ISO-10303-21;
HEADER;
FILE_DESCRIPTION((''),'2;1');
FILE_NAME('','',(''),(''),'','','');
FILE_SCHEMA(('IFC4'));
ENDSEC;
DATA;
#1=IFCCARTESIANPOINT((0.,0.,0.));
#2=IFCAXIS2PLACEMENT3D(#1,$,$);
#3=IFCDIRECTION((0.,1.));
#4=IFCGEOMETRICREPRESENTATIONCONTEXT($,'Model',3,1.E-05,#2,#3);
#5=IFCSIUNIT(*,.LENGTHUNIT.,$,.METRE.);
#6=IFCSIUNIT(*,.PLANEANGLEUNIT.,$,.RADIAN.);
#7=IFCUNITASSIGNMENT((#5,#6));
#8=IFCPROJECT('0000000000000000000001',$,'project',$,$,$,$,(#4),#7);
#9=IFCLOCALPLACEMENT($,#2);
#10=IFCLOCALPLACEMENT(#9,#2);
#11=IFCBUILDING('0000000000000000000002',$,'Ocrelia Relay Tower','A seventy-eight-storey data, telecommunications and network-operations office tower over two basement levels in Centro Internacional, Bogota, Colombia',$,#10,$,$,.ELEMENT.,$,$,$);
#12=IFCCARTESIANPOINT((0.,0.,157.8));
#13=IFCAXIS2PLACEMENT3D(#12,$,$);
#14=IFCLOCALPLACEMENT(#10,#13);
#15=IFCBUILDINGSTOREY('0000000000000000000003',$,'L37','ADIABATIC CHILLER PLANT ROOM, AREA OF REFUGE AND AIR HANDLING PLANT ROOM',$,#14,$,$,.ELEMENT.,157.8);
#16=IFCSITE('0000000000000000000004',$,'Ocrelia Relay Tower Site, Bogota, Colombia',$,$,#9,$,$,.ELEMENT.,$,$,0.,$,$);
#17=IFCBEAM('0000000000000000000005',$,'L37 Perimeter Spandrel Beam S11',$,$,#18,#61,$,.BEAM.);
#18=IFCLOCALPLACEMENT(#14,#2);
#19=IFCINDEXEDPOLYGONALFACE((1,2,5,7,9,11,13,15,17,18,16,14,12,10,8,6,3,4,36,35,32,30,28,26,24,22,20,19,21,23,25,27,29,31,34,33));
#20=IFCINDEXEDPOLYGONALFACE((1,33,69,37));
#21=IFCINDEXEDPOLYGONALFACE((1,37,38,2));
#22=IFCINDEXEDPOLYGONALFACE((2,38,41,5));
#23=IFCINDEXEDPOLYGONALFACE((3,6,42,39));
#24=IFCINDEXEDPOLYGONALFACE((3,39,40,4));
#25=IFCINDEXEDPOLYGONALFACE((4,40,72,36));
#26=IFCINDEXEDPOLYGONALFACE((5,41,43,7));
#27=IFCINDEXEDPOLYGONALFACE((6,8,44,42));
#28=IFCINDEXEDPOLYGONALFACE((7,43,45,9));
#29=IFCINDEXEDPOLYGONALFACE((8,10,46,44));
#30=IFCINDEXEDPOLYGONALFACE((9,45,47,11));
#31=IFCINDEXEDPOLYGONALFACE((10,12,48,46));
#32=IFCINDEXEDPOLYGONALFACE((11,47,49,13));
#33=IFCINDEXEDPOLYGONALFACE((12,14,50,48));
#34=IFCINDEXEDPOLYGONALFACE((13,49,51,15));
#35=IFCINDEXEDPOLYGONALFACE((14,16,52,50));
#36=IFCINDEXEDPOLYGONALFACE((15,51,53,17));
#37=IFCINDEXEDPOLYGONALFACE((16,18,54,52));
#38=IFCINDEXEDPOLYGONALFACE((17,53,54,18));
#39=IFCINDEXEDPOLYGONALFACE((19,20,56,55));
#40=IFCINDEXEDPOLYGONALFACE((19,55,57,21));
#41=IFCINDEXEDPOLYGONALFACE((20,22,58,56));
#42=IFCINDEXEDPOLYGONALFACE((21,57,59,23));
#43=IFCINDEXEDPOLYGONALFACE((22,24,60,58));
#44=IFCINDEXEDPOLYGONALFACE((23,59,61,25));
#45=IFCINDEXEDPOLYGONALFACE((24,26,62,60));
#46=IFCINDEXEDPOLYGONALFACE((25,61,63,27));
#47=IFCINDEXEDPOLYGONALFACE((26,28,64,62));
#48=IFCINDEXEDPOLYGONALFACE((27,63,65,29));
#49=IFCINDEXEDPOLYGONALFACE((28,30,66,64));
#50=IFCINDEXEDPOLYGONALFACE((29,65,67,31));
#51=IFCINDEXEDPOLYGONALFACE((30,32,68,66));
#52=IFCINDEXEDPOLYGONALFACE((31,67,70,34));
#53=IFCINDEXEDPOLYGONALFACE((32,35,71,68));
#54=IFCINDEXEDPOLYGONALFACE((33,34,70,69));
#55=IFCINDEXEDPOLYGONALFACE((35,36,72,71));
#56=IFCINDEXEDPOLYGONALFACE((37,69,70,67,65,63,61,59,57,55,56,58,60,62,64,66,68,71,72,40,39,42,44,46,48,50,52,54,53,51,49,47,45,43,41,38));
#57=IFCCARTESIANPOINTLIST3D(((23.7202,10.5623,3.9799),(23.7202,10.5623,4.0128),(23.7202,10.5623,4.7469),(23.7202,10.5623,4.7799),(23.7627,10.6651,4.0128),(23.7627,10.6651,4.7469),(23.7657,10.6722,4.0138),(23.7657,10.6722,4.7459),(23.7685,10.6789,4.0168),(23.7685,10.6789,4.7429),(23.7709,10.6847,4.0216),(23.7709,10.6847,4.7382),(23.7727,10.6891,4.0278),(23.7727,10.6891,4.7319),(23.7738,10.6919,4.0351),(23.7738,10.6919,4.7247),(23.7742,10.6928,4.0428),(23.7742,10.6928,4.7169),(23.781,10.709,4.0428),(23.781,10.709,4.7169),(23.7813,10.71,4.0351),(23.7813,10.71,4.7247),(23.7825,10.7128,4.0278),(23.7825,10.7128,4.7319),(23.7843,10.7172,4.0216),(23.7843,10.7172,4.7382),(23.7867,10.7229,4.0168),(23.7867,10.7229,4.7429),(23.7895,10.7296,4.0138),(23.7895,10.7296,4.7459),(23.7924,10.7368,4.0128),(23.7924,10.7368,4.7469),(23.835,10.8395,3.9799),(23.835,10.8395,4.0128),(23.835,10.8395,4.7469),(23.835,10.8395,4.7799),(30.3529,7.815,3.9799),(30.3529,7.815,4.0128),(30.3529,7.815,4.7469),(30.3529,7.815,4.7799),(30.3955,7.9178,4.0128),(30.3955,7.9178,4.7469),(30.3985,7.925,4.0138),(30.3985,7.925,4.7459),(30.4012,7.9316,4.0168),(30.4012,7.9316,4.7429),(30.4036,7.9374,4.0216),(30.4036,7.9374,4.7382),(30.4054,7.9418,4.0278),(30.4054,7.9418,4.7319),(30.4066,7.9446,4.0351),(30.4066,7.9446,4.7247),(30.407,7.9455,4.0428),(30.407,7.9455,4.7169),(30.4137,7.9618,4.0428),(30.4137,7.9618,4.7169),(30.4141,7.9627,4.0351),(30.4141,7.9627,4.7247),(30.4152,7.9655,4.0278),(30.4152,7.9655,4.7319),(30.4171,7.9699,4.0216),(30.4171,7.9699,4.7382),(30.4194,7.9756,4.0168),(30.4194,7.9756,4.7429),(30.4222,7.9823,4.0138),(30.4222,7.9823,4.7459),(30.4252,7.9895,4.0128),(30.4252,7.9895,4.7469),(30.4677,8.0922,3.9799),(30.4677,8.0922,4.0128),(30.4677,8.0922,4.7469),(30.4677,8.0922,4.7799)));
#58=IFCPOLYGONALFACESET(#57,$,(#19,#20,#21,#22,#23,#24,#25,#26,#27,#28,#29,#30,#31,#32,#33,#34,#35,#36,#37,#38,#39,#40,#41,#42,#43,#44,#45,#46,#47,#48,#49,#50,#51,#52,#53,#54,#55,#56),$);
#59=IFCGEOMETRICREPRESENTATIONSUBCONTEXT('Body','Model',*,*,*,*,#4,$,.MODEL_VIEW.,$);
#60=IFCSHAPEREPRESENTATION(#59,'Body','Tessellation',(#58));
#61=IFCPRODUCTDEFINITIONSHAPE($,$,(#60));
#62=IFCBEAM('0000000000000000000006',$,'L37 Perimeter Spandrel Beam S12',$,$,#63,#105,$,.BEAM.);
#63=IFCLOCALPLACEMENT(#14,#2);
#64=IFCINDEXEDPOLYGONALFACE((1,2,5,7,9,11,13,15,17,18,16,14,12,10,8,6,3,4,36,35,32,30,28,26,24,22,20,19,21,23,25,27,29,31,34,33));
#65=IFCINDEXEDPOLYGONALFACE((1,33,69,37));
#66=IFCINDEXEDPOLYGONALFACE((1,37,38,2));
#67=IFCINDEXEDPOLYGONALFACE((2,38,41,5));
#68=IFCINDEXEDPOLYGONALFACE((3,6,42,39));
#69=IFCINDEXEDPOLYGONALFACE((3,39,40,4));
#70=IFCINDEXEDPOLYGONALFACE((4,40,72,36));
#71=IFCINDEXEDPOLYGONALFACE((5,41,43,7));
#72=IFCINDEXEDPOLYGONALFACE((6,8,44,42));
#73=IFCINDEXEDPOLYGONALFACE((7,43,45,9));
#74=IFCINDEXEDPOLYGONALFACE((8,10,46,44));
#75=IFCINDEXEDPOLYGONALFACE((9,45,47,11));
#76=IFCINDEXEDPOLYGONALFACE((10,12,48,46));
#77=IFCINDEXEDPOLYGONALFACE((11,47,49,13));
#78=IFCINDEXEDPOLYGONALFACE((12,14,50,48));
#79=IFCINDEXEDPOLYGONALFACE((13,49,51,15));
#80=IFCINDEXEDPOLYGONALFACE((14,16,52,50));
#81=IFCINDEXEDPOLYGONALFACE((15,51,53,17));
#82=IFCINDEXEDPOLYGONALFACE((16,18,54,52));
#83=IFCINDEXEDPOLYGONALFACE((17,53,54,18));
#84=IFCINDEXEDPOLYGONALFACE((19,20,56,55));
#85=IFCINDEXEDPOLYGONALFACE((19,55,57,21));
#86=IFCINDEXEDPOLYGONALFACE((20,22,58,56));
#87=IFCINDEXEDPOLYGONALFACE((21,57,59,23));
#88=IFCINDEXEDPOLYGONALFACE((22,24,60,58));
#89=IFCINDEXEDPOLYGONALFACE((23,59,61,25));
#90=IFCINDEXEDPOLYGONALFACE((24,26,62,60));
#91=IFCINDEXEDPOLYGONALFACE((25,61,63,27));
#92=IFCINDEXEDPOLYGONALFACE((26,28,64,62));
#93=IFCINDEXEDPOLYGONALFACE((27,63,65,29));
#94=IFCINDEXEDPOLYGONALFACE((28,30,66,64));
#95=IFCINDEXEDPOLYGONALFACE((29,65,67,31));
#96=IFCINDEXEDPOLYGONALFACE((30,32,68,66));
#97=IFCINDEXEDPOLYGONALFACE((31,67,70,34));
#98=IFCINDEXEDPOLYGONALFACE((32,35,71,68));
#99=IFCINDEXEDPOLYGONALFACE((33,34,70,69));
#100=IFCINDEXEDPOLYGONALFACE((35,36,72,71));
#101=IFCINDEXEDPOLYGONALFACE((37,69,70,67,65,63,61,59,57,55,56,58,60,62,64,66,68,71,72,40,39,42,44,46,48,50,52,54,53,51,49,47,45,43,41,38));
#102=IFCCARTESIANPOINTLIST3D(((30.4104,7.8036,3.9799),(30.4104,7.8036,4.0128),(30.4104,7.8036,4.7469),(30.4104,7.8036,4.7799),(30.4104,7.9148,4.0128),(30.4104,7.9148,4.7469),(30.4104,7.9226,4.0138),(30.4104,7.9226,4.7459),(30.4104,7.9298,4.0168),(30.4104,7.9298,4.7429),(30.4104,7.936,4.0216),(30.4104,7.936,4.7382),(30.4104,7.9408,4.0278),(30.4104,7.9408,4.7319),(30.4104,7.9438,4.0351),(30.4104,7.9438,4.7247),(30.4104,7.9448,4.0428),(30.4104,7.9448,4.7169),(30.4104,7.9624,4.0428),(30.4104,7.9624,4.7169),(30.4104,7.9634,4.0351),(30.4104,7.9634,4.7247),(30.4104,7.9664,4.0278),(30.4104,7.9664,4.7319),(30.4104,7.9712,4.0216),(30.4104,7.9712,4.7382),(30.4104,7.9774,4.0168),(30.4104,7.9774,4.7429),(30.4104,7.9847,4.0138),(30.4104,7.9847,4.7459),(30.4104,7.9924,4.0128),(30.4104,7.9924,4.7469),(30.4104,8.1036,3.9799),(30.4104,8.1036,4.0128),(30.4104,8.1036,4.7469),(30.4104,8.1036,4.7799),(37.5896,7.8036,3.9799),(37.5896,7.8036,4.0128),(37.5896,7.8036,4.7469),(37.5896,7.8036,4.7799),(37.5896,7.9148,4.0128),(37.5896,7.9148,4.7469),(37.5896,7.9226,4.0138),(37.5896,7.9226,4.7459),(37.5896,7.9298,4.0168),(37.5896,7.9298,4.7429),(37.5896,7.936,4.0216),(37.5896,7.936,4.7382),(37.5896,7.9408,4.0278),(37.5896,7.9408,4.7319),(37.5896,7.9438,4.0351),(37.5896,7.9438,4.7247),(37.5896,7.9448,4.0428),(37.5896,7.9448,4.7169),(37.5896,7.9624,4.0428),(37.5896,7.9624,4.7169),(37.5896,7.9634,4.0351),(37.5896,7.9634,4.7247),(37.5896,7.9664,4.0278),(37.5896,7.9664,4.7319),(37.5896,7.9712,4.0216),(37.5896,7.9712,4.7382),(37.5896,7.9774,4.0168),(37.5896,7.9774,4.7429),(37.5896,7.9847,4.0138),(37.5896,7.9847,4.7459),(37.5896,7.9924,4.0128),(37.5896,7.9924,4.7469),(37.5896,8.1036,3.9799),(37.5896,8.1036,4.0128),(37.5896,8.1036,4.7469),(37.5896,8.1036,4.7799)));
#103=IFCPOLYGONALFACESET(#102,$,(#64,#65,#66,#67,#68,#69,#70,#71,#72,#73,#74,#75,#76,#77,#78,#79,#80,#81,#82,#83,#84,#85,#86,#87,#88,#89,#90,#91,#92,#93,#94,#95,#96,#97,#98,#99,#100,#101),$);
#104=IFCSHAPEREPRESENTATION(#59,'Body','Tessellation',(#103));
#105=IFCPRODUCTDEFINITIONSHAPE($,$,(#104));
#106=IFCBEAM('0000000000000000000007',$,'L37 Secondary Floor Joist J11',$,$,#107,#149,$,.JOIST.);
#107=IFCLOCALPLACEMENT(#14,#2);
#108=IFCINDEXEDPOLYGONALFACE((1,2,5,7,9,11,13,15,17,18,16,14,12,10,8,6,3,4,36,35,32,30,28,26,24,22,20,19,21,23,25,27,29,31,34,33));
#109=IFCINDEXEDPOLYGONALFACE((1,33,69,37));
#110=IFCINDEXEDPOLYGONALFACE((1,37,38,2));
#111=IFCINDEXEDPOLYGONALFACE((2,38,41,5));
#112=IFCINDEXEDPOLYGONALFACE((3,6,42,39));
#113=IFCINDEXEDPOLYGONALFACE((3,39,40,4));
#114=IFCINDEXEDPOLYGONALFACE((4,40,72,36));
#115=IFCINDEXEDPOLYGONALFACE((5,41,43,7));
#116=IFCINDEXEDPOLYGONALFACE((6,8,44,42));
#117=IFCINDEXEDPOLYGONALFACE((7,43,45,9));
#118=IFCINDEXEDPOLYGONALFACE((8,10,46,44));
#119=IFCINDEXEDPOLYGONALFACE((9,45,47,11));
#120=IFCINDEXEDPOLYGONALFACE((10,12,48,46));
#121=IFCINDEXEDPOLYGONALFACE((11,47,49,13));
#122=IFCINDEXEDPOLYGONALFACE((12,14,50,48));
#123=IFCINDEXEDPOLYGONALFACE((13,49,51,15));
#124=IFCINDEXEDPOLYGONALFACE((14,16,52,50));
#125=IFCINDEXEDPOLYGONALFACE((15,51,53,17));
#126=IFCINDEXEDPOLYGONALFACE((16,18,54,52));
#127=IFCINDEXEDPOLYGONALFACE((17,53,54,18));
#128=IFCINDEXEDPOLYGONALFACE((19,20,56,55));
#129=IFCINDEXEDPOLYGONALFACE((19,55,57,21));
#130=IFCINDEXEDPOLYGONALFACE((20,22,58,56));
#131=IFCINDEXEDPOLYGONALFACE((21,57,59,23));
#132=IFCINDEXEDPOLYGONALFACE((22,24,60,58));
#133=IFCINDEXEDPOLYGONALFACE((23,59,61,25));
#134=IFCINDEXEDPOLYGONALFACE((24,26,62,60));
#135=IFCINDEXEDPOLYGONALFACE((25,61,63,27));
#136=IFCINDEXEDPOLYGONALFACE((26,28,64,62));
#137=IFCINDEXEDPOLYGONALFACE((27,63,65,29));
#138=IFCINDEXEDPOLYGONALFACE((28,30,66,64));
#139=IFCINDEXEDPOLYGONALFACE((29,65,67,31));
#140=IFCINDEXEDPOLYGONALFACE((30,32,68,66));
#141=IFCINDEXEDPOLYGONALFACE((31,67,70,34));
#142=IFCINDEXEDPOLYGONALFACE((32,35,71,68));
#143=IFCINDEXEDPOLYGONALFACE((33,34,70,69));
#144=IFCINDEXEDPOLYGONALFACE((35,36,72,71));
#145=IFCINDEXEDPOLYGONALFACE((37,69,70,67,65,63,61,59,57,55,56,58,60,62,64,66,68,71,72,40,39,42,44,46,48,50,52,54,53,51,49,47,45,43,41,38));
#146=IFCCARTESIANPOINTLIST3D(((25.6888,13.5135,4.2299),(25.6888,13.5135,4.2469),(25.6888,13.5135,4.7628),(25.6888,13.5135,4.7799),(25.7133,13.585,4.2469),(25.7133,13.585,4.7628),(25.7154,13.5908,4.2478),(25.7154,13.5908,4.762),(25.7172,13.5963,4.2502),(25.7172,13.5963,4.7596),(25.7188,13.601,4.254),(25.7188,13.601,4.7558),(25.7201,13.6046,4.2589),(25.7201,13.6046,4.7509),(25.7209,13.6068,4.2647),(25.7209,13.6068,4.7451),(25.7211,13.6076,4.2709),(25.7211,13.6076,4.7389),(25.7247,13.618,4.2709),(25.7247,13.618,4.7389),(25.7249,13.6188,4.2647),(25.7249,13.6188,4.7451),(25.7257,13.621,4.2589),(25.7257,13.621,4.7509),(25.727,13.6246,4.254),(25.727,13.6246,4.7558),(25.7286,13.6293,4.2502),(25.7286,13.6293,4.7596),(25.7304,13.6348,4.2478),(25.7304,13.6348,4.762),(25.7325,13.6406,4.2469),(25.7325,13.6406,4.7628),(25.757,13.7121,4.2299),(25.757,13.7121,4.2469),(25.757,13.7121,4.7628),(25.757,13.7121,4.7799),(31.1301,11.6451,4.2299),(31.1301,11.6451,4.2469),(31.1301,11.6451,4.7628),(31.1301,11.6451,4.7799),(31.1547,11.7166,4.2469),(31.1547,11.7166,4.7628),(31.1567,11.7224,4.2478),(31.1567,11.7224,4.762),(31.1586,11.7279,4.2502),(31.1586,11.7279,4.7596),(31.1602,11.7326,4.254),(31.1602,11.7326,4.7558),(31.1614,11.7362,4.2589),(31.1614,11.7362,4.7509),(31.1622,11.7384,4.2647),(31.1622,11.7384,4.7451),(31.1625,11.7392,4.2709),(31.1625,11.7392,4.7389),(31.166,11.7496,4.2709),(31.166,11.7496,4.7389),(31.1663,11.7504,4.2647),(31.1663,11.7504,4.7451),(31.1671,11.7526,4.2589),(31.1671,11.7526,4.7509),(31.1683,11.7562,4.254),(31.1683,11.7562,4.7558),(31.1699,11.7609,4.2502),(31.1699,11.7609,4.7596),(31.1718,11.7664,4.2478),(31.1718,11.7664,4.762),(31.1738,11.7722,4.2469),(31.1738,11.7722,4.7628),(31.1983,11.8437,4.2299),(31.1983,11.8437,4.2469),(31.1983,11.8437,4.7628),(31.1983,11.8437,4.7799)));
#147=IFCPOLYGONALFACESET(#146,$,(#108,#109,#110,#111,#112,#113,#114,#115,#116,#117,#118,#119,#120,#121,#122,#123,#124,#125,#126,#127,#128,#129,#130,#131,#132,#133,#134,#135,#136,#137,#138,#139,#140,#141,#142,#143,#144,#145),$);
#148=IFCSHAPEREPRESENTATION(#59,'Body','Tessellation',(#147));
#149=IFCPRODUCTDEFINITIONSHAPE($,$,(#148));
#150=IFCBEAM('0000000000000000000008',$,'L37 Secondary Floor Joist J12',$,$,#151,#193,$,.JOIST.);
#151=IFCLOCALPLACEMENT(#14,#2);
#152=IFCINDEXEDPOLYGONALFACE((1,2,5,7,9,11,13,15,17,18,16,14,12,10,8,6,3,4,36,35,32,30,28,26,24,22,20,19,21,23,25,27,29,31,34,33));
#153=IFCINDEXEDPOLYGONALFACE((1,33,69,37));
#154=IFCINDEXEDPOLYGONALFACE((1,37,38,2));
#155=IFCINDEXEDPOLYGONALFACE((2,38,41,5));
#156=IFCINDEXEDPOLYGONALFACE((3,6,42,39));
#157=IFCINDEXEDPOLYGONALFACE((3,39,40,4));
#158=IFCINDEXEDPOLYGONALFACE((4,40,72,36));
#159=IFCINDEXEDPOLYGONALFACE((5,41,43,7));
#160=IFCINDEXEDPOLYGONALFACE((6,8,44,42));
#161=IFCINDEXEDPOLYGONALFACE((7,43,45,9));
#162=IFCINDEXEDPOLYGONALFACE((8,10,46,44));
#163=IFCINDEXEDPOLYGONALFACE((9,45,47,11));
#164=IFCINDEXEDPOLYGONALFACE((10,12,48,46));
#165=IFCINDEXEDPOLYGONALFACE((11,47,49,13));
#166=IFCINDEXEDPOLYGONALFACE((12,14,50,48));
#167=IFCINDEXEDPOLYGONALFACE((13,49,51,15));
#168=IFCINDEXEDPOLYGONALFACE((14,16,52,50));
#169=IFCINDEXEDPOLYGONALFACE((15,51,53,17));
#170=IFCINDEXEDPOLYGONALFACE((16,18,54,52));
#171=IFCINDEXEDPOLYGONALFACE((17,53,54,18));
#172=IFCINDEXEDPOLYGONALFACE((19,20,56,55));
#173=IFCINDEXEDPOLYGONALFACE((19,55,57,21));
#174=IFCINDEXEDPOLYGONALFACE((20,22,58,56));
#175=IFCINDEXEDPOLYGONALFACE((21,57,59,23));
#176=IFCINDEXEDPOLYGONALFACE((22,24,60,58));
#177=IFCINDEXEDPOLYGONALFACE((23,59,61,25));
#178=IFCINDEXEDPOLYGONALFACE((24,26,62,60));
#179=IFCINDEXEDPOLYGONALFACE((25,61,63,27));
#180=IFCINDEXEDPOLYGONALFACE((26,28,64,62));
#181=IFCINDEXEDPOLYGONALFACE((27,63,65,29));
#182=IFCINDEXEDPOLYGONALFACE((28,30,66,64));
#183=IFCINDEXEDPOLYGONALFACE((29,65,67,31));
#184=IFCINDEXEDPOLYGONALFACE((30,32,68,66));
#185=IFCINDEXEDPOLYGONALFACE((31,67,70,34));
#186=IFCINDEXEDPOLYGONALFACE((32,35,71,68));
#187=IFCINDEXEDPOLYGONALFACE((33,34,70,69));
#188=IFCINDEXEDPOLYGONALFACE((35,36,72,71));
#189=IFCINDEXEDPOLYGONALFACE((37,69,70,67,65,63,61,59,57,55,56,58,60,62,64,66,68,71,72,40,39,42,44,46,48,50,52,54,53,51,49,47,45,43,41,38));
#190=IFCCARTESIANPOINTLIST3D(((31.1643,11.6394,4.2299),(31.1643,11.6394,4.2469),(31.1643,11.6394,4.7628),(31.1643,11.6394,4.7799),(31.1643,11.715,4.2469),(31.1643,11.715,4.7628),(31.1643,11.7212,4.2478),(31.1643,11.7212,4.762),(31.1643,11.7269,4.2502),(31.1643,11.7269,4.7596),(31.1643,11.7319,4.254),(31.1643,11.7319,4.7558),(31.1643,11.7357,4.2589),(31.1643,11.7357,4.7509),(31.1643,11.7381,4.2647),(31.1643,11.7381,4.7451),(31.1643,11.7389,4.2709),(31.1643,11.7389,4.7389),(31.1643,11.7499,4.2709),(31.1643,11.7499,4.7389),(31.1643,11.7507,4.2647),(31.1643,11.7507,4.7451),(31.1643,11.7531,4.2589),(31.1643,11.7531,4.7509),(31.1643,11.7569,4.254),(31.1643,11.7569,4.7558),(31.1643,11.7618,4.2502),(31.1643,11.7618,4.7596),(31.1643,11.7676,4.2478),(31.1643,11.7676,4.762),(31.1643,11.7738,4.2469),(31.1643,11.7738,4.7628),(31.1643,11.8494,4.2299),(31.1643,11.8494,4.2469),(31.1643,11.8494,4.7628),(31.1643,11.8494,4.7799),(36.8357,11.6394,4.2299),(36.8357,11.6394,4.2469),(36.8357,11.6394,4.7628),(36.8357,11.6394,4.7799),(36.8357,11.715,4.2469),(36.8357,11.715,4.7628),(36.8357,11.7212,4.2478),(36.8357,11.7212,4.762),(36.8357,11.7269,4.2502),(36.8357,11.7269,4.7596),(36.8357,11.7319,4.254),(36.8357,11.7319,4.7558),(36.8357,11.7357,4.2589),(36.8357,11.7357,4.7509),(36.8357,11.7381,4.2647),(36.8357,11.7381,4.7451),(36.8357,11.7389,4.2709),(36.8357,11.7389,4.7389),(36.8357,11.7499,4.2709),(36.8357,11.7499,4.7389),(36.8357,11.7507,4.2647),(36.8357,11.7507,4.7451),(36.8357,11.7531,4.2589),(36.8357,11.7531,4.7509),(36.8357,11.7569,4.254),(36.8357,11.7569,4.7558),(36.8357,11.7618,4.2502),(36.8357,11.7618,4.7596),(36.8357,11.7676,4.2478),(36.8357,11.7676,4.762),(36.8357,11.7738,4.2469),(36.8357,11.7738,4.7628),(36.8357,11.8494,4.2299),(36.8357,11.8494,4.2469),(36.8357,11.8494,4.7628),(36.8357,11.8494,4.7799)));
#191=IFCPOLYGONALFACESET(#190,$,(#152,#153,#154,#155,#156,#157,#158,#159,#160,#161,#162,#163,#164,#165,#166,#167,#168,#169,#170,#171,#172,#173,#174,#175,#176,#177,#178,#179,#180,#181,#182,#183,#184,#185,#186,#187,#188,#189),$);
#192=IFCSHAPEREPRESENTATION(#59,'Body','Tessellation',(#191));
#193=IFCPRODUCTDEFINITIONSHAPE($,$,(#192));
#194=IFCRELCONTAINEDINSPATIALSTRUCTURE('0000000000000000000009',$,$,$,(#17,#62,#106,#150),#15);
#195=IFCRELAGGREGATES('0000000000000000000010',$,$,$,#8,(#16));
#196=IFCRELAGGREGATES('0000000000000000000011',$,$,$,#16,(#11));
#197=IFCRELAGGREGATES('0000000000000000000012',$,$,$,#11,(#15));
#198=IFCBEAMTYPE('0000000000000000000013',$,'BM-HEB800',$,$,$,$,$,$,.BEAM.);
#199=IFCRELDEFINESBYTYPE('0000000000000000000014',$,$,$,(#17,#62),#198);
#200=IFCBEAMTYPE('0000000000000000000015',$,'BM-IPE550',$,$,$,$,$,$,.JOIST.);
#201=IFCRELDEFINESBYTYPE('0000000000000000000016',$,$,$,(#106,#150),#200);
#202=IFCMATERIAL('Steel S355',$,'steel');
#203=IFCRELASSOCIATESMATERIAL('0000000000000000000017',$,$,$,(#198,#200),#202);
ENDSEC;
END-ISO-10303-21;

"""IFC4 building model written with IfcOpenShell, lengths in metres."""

from ifc_helpers import new_model, si_unit, direction, frame, origin, origin_2d, place, context, subcontext, project, spatial, i_section, extrude, material, material_profile, profile_set, type_object, element, save


model = new_model("IFC4")

# Units and contexts
model_context = context("Model", 3, precision=1e-05, world=origin(), true_north=direction((0.0, 1.0)))
body_context = subcontext(model_context, "Body", "Model", "MODEL_VIEW")
ifc_project = project(units=[si_unit("LENGTHUNIT", "METRE"), si_unit("PLANEANGLEUNIT", "RADIAN")], contexts=[model_context])

# Site, building, storey
site_placement = place(None, origin())
site = spatial("IfcSite", under=ifc_project, at=site_placement, Name="Ocrelia Relay Tower Site, Bogota, Colombia", CompositionType="ELEMENT", RefElevation=0.0)
building_placement = place(site_placement, origin())
building = spatial("IfcBuilding", under=site, at=building_placement, Name="Ocrelia Relay Tower", Description="A seventy-eight-storey data, telecommunications and network-operations office tower over two basement levels in Centro Internacional, Bogota, Colombia", CompositionType="ELEMENT")
storey_placement = place(building_placement, frame((0.0, 0.0, 157.8)))
storey = spatial("IfcBuildingStorey", under=building, at=storey_placement, Name="L37", Description="ADIABATIC CHILLER PLANT ROOM, AREA OF REFUGE AND AIR HANDLING PLANT ROOM", CompositionType="ELEMENT", Elevation=157.8)

# Beams
ifc_material_1 = material(Name="Steel S355", Category="steel")
ifc_material_profile_1 = material_profile(ifc_material_1, i_section(OverallWidth=0.3, OverallDepth=0.8, WebThickness=0.0176, FlangeThickness=0.033, FilletRadius=0.03, at=origin_2d()), Name="HEB 800")
ifc_profile_set_1 = profile_set([ifc_material_profile_1], Name="Steel S355")
beam_type_1 = type_object("IfcBeamType", Name="BM-HEB800", PredefinedType="BEAM", material=ifc_profile_set_1)
for number, where, z_axis, x_axis, name in (
    (1, (23.7776, 10.7009, 4.3799), (0.923884, -0.382673, 0.0), (0.382673, 0.923884, 0.0), "L37 Perimeter Spandrel Beam S11"),
    (2, (30.4104, 7.9536, 4.3799), (1.0, 0.0, 0.0), (0.0, 1.0, 0.0), "L37 Perimeter Spandrel Beam S12"),
):
    element("IfcBeam", number, at=place(storey_placement, frame(where, z_axis=z_axis, x_axis=x_axis)), inside=storey, type_object=beam_type_1, Name=name, PredefinedType="BEAM", context=body_context, shape_type="SweptSolid", body=[
        extrude(i_section(OverallWidth=0.3, OverallDepth=0.8, WebThickness=0.0176, FlangeThickness=0.033, FilletRadius=0.03, at=origin_2d()), origin(), (0.0, 0.0, 1.0), 7.1792),
    ])
ifc_material_profile_2 = material_profile(ifc_material_1, i_section(OverallWidth=0.21, OverallDepth=0.55, WebThickness=0.011, FlangeThickness=0.0171, FilletRadius=0.0239, at=origin_2d()), Name="IPE 550")
ifc_profile_set_2 = profile_set([ifc_material_profile_2], Name="Steel S355")
beam_type_2 = type_object("IfcBeamType", Name="BM-IPE550", PredefinedType="JOIST", material=ifc_profile_set_2)
beam_1_placement = place(storey_placement, frame((25.7229, 13.6128, 4.5049), z_axis=(0.945797, -0.324757, 0.0), x_axis=(0.324757, 0.945797, 0.0)))
element("IfcBeam", 3, at=beam_1_placement, inside=storey, type_object=beam_type_2, Name="L37 Secondary Floor Joist J11", PredefinedType="JOIST", context=body_context, shape_type="SweptSolid", body=[
    extrude(i_section(OverallWidth=0.21, OverallDepth=0.55, WebThickness=0.011, FlangeThickness=0.0171, FilletRadius=0.0239, at=origin_2d()), origin(), (0.0, 0.0, 1.0), 5.7532),
])
beam_2_placement = place(storey_placement, frame((31.1643, 11.7444, 4.5049), z_axis=(1.0, 0.0, 0.0), x_axis=(0.0, 1.0, 0.0)))
element("IfcBeam", 4, at=beam_2_placement, inside=storey, type_object=beam_type_2, Name="L37 Secondary Floor Joist J12", PredefinedType="JOIST", context=body_context, shape_type="SweptSolid", body=[
    extrude(i_section(OverallWidth=0.21, OverallDepth=0.55, WebThickness=0.011, FlangeThickness=0.0171, FilletRadius=0.0239, at=origin_2d()), origin(), (0.0, 0.0, 1.0), 5.6714),
])

save(model, "model.ifc")
